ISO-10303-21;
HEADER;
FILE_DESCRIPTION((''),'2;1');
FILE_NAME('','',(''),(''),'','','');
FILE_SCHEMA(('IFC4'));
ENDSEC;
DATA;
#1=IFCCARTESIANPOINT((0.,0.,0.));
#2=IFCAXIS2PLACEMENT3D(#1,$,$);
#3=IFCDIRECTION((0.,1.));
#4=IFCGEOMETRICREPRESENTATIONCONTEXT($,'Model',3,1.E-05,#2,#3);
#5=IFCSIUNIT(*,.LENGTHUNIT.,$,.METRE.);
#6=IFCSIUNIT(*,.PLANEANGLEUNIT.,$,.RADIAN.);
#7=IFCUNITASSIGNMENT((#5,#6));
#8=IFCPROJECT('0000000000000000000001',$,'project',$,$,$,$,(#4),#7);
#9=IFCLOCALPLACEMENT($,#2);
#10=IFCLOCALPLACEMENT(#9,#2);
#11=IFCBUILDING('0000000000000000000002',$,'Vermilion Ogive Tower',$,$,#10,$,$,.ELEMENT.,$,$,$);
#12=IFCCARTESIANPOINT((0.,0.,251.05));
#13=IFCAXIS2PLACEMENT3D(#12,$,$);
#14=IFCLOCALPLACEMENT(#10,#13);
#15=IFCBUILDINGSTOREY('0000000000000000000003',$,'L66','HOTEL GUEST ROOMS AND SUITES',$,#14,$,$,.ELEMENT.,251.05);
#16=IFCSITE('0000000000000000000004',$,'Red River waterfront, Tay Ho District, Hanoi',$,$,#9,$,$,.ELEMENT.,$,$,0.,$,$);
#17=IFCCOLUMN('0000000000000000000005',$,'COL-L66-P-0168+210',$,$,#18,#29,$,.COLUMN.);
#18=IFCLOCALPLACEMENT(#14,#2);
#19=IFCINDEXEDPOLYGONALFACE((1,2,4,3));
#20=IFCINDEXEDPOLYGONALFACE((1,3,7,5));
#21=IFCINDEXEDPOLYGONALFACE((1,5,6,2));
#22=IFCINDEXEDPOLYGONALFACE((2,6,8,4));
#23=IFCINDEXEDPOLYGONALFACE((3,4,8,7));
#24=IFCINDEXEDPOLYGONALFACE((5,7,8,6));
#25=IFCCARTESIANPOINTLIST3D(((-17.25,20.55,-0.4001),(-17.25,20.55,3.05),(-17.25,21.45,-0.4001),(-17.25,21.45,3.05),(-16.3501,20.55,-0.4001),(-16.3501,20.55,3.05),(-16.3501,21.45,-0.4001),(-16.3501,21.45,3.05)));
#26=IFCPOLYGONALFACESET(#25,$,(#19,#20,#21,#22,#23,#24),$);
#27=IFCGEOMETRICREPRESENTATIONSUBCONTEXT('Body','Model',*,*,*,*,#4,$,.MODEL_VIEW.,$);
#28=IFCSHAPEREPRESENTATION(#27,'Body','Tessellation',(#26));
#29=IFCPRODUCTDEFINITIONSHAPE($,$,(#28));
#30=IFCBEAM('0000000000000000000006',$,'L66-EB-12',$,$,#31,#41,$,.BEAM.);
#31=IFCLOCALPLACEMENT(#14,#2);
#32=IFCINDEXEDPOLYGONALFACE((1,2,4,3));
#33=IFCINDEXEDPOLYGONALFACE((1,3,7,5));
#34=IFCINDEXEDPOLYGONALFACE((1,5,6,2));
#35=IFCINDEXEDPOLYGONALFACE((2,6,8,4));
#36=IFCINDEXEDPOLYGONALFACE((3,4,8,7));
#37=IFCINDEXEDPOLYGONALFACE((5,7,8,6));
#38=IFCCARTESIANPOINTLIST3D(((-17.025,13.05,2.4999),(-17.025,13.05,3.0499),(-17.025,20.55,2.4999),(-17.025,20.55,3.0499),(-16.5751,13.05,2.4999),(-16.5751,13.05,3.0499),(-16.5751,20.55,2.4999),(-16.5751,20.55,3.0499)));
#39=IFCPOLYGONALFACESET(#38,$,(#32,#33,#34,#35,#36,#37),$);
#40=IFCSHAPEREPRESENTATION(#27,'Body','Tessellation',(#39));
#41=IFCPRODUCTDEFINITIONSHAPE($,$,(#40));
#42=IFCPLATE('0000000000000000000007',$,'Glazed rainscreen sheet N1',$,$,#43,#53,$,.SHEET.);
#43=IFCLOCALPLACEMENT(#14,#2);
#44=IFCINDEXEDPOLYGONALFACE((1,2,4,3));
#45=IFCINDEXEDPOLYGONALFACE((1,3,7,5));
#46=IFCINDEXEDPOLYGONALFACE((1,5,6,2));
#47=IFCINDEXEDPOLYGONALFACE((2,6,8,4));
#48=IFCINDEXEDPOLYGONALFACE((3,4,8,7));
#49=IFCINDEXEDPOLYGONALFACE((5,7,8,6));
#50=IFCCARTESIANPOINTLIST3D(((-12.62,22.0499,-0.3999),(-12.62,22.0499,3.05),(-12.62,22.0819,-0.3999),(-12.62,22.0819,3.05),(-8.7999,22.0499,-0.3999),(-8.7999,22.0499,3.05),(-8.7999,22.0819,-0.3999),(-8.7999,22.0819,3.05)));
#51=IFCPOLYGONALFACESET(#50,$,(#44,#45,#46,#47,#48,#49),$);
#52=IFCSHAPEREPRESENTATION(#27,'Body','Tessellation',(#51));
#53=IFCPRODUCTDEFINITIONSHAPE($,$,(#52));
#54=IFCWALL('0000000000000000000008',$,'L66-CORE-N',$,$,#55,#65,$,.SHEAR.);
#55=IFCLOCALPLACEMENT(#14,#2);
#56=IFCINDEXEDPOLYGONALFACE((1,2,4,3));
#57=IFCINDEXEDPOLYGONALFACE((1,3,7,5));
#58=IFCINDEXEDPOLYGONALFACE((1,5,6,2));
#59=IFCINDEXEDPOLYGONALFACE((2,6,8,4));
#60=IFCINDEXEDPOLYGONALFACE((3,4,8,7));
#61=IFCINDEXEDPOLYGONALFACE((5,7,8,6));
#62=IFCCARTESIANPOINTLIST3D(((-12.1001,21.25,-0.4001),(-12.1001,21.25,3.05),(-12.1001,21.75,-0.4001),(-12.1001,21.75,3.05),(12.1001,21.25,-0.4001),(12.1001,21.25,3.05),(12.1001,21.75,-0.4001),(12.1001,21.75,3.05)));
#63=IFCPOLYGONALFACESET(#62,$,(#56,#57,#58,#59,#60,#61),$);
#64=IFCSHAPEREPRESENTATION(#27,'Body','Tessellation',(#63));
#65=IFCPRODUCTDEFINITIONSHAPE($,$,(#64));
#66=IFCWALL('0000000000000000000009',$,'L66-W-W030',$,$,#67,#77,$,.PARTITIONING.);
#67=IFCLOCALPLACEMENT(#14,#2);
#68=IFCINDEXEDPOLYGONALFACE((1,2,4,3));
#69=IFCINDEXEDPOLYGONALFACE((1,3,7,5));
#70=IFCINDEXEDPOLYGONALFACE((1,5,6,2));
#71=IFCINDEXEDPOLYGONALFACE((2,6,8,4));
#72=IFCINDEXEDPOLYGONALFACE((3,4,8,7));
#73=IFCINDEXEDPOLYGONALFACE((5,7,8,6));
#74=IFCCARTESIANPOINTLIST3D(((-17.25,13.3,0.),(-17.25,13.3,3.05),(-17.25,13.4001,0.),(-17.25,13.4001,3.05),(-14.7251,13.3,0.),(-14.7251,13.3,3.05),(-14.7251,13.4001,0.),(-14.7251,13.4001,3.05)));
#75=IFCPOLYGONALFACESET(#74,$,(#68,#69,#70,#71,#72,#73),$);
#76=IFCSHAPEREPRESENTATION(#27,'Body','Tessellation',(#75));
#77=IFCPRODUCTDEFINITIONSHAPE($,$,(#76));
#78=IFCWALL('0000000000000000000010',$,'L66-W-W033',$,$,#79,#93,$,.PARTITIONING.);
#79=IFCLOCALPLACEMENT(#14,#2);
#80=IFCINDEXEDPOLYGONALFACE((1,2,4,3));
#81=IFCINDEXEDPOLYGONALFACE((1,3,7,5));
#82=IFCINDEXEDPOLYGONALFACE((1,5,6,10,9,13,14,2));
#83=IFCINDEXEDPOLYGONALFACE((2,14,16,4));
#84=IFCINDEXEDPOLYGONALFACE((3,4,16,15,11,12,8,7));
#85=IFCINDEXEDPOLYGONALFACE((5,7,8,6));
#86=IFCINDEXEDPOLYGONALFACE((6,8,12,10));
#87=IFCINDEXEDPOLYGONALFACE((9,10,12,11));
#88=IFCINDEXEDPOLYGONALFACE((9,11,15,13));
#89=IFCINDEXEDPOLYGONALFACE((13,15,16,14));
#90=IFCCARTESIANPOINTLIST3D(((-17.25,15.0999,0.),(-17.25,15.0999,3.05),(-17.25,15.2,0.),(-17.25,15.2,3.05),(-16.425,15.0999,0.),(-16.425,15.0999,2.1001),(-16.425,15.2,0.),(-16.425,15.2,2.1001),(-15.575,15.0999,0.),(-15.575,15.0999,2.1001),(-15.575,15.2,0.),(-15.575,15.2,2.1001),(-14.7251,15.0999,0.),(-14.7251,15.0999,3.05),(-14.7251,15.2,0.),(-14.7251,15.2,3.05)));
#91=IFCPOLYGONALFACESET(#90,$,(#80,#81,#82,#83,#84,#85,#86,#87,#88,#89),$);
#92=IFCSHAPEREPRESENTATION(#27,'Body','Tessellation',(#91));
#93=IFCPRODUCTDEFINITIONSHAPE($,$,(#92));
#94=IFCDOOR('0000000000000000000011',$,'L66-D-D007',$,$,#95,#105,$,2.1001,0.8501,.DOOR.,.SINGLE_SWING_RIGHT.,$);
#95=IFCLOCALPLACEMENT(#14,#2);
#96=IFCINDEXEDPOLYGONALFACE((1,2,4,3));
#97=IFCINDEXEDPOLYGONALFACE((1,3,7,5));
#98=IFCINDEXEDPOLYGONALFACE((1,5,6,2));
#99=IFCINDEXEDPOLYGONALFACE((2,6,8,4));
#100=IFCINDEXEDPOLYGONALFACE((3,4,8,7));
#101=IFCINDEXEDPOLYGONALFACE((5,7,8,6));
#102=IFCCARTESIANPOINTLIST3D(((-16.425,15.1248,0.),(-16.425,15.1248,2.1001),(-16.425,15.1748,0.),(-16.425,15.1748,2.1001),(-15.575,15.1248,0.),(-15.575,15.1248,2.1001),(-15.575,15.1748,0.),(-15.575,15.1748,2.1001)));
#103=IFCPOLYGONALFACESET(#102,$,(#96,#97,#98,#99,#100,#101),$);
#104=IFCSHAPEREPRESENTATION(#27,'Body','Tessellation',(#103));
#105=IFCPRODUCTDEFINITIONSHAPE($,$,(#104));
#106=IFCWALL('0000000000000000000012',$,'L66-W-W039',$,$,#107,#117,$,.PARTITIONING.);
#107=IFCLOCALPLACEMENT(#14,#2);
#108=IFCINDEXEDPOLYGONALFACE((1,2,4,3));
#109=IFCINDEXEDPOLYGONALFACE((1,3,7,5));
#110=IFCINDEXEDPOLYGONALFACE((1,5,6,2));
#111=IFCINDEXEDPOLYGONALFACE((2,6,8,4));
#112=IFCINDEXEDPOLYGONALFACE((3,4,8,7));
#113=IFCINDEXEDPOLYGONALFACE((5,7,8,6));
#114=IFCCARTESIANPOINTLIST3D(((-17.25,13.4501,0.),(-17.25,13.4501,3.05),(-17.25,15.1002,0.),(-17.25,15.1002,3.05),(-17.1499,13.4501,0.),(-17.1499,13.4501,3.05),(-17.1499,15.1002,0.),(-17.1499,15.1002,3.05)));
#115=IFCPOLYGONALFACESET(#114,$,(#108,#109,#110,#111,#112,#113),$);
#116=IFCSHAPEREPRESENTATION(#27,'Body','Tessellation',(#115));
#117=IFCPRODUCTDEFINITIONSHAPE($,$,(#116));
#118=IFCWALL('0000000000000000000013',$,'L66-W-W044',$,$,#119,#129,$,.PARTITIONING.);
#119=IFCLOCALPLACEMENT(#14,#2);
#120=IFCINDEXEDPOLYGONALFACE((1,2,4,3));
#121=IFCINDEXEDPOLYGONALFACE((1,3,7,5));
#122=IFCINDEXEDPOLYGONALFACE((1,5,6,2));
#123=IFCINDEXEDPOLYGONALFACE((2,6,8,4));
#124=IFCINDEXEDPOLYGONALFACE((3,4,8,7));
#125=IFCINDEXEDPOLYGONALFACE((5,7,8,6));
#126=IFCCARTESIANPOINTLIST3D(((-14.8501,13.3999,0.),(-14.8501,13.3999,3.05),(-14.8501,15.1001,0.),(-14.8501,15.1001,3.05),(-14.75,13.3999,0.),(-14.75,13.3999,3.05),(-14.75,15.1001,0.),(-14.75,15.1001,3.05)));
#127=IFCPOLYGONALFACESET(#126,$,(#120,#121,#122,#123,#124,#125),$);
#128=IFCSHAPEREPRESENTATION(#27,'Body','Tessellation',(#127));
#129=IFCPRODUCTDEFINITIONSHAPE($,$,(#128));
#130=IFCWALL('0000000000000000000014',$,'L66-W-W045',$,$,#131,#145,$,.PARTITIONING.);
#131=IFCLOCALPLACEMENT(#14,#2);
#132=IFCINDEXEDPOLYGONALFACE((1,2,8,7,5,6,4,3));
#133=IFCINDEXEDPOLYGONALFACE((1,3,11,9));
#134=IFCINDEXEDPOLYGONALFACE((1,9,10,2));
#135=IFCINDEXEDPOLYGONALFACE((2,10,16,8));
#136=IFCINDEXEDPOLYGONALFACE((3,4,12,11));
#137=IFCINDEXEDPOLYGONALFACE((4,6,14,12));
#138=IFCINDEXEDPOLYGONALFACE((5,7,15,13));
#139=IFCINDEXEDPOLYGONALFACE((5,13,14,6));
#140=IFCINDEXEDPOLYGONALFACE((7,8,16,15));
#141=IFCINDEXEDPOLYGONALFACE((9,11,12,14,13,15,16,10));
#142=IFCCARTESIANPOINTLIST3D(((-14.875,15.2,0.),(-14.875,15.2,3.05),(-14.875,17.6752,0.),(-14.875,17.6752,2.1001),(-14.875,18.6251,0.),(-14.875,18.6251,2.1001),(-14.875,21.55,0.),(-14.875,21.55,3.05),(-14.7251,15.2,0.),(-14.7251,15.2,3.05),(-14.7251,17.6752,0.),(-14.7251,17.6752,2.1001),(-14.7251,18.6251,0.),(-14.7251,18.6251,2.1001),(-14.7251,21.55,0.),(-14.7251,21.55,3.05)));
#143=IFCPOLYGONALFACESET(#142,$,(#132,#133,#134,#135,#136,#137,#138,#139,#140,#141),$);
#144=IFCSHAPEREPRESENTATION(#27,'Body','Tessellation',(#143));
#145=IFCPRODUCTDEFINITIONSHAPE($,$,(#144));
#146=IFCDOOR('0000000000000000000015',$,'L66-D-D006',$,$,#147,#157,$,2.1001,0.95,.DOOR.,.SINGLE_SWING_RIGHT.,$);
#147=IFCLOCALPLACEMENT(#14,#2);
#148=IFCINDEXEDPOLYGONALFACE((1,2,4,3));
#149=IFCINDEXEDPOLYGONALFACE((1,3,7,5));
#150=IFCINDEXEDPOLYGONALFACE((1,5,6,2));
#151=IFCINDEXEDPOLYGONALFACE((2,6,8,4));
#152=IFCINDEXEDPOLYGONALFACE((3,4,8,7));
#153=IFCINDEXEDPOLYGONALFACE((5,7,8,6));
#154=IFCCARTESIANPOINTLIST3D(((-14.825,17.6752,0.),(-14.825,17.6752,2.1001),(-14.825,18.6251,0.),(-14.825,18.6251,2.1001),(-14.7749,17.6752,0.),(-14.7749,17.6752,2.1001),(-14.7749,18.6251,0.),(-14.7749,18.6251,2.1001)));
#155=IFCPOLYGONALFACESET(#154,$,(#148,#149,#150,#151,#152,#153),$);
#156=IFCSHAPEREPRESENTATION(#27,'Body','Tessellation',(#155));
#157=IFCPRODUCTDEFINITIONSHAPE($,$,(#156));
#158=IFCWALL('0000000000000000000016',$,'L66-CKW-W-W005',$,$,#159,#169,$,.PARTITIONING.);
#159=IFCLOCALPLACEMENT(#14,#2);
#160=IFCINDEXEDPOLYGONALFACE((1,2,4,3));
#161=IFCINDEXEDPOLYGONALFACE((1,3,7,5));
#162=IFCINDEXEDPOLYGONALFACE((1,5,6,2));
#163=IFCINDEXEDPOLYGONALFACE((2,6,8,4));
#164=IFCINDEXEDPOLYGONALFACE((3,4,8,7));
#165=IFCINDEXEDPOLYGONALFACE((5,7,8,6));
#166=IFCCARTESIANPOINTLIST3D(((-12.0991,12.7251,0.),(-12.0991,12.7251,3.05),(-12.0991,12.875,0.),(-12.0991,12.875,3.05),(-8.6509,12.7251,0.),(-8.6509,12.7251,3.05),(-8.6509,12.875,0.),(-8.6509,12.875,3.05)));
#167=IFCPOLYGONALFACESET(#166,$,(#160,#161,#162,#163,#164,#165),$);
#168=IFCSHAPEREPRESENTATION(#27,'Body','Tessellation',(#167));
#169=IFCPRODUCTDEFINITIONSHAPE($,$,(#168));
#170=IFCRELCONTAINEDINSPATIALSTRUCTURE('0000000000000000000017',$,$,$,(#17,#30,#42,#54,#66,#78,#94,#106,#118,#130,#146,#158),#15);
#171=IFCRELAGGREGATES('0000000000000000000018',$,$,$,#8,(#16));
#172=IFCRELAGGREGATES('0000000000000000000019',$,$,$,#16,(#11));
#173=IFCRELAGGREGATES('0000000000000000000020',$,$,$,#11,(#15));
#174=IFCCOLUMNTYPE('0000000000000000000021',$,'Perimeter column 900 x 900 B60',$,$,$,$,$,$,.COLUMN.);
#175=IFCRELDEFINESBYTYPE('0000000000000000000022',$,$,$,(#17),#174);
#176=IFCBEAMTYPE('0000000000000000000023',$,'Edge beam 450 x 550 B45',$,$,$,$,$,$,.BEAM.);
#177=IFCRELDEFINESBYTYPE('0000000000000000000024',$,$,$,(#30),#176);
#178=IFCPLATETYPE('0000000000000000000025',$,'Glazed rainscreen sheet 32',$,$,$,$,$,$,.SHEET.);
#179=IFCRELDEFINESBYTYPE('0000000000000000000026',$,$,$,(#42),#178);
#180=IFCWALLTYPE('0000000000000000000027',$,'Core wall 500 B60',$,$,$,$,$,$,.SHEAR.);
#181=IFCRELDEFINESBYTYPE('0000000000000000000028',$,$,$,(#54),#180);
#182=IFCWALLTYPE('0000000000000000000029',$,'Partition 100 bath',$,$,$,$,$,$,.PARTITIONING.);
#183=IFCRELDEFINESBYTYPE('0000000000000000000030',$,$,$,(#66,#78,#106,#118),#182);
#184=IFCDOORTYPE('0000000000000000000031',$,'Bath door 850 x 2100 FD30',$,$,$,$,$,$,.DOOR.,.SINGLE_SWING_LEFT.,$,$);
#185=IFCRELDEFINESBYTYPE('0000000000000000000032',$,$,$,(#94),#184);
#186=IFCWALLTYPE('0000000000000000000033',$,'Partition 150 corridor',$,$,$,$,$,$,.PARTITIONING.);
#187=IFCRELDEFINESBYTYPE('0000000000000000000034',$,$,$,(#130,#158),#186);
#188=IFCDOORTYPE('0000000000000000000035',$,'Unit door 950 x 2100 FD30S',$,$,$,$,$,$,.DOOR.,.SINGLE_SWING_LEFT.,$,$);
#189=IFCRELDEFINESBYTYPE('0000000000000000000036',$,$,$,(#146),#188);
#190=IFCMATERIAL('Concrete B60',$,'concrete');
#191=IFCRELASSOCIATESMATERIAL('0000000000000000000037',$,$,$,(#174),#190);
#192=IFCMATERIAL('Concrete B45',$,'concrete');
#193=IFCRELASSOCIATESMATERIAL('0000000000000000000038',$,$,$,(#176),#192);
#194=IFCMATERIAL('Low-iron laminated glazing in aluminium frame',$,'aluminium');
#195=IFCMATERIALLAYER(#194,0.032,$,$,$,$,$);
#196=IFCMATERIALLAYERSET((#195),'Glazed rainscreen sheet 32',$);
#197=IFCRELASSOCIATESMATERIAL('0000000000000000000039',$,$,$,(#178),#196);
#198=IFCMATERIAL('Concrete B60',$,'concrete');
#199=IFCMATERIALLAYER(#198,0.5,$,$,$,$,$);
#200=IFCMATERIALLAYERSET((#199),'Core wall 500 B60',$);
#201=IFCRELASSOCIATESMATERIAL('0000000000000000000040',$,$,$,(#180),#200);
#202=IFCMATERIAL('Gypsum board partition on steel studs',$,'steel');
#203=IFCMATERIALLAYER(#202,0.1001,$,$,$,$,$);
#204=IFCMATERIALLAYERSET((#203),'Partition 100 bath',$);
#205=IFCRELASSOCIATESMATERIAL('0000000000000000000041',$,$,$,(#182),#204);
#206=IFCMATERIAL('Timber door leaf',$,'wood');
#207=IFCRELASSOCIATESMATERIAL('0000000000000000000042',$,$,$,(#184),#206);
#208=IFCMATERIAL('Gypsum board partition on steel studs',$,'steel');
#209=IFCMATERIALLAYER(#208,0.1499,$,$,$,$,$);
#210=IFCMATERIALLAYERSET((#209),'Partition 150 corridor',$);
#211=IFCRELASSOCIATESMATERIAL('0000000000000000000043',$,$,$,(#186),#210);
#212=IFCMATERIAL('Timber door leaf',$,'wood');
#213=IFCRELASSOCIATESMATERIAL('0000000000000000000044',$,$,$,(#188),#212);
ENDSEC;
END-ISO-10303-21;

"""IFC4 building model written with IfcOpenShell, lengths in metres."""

from ifc_helpers import new_model, si_unit, direction, frame, frame_2d, origin, origin_2d, place, context, subcontext, project, spatial, rectangle, extrude, material, layer, layer_set, material_profile, profile_set, type_object, element, fill, save


model = new_model("IFC4")

# Units and contexts
model_context = context("Model", 3, precision=1e-05, world=origin(), true_north=direction((0.0, 1.0)))
body_context = subcontext(model_context, "Body", "Model", "MODEL_VIEW")
ifc_project = project(units=[si_unit("LENGTHUNIT", "METRE"), si_unit("PLANEANGLEUNIT", "RADIAN")], contexts=[model_context])

# Site, building, storey
site_placement = place(None, origin())
site = spatial("IfcSite", under=ifc_project, at=site_placement, Name="Red River waterfront, Tay Ho District, Hanoi", CompositionType="ELEMENT", RefElevation=0.0)
building_placement = place(site_placement, origin())
building = spatial("IfcBuilding", under=site, at=building_placement, Name="Vermilion Ogive Tower", CompositionType="ELEMENT")
storey_placement = place(building_placement, frame((0.0, 0.0, 251.05)))
storey = spatial("IfcBuildingStorey", under=building, at=storey_placement, Name="L66", Description="HOTEL GUEST ROOMS AND SUITES", CompositionType="ELEMENT", Elevation=251.05)

# Column
ifc_material_1 = material(Name="Concrete B60", Category="concrete")
ifc_material_profile_1 = material_profile(ifc_material_1, rectangle(XDim=0.8999, YDim=0.8999, at=origin_2d()), Name="900 x 900")
ifc_profile_set_1 = profile_set([ifc_material_profile_1], Name="Concrete B60")
column_type = type_object("IfcColumnType", Name="Perimeter column 900 x 900 B60", PredefinedType="COLUMN", material=ifc_profile_set_1)
column_placement = place(storey_placement, frame((-16.8, 21.0, -0.4001), z_axis=(0.0, 0.0, 1.0), x_axis=(1.0, 0.0, 0.0)))
element("IfcColumn", 1, at=column_placement, inside=storey, type_object=column_type, Name="COL-L66-P-0168+210", PredefinedType="COLUMN", context=body_context, shape_type="SweptSolid", body=[
    extrude(rectangle(XDim=0.8999, YDim=0.8999, at=origin_2d()), origin(), (0.0, 0.0, 1.0), 3.4502),
])

# Beam
ifc_material_2 = material(Name="Concrete B45", Category="concrete")
ifc_material_profile_2 = material_profile(ifc_material_2, rectangle(XDim=0.45, YDim=0.55, at=origin_2d()), Name="450 x 550")
ifc_profile_set_2 = profile_set([ifc_material_profile_2], Name="Concrete B45")
beam_type = type_object("IfcBeamType", Name="Edge beam 450 x 550 B45", PredefinedType="BEAM", material=ifc_profile_set_2)
beam_placement = place(storey_placement, frame((-16.8, 20.55, 2.7749), z_axis=(0.0, -1.0, 0.0), x_axis=(1.0, 0.0, 0.0)))
element("IfcBeam", 2, at=beam_placement, inside=storey, type_object=beam_type, Name="L66-EB-12", PredefinedType="BEAM", context=body_context, shape_type="SweptSolid", body=[
    extrude(rectangle(XDim=0.45, YDim=0.55, at=origin_2d()), origin(), (0.0, 0.0, 1.0), 7.5),
])

# Plate
ifc_material_3 = material(Name="Low-iron laminated glazing in aluminium frame", Category="aluminium")
ifc_layer_1 = layer(ifc_material_3, 0.032)
ifc_layer_set_1 = layer_set([ifc_layer_1], Name="Glazed rainscreen sheet 32")
plate_type = type_object("IfcPlateType", Name="Glazed rainscreen sheet 32", PredefinedType="SHEET", material=ifc_layer_set_1)
plate_placement = place(storey_placement, frame((-10.71, 22.0659, -0.3999), z_axis=(0.0, 0.0, 1.0), x_axis=(1.0, 0.0, 0.0)))
element("IfcPlate", 3, at=plate_placement, inside=storey, type_object=plate_type, Name="Glazed rainscreen sheet N1", PredefinedType="SHEET", context=body_context, shape_type="SweptSolid", body=[
    extrude(rectangle(XDim=3.8201, YDim=0.032, at=origin_2d()), origin(), (0.0, 0.0, 1.0), 3.45),
])

# Walls
ifc_material_4 = material(Name="Concrete B60", Category="concrete")
ifc_layer_2 = layer(ifc_material_4, 0.5)
ifc_layer_set_2 = layer_set([ifc_layer_2], Name="Core wall 500 B60")
wall_type_1 = type_object("IfcWallType", Name="Core wall 500 B60", PredefinedType="SHEAR", material=ifc_layer_set_2)
wall_1_placement = place(storey_placement, frame((-12.1001, 21.5, -0.4001), z_axis=(0.0, 0.0, 1.0), x_axis=(1.0, 0.0, 0.0)))
element("IfcWall", 4, at=wall_1_placement, inside=storey, type_object=wall_type_1, Name="L66-CORE-N", PredefinedType="SHEAR", context=body_context, shape_type="SweptSolid", body=[
    extrude(rectangle(XDim=24.2002, YDim=0.5, at=frame_2d((12.1001, 0.0))), origin(), (0.0, 0.0, 1.0), 3.4502),
])
ifc_material_5 = material(Name="Gypsum board partition on steel studs", Category="steel")
ifc_layer_3 = layer(ifc_material_5, 0.1001)
ifc_layer_set_3 = layer_set([ifc_layer_3], Name="Partition 100 bath")
wall_type_2 = type_object("IfcWallType", Name="Partition 100 bath", PredefinedType="PARTITIONING", material=ifc_layer_set_3)
wall_2_placement = place(storey_placement, frame((-17.25, 13.3501, 0.0), z_axis=(0.0, 0.0, 1.0), x_axis=(1.0, 0.0, 0.0)))
element("IfcWall", 5, at=wall_2_placement, inside=storey, type_object=wall_type_2, Name="L66-W-W030", PredefinedType="PARTITIONING", context=body_context, shape_type="SweptSolid", body=[
    extrude(rectangle(XDim=2.5249, YDim=0.1001, at=frame_2d((1.2625, 0.0))), origin(), (0.0, 0.0, 1.0), 3.05),
])

# Wall, opening, door
wall_3_placement = place(storey_placement, frame((-17.25, 15.1499, 0.0), z_axis=(0.0, 0.0, 1.0), x_axis=(1.0, 0.0, 0.0)))
wall_3 = element("IfcWall", 6, at=wall_3_placement, inside=storey, type_object=wall_type_2, Name="L66-W-W033", PredefinedType="PARTITIONING", context=body_context, shape_type="SweptSolid", body=[
    extrude(rectangle(XDim=2.5249, YDim=0.1001, at=frame_2d((1.2625, 0.0))), origin(), (0.0, 0.0, 1.0), 3.05),
])
opening_1_placement = place(wall_3_placement, frame((0.825, 0.0, 0.0)))
opening_1 = element("IfcOpeningElement", 7, at=opening_1_placement, cuts=wall_3, PredefinedType="OPENING", context=body_context, shape_type="SweptSolid", body=[
    extrude(rectangle(XDim=0.8501, YDim=2.1001, at=frame_2d((0.425, 1.05))), frame((0.0, 0.0601, 0.0), z_axis=(0.0, -1.0, 0.0), x_axis=(1.0, 0.0, 0.0)), (0.0, 0.0, 1.0), 0.1201),
])
ifc_material_6 = material(Name="Timber door leaf", Category="wood")
door_type_1 = type_object("IfcDoorType", Name="Bath door 850 x 2100 FD30", OperationType="SINGLE_SWING_LEFT", PredefinedType="DOOR", material=ifc_material_6)
door_1_placement = place(opening_1_placement, origin())
door_1 = element("IfcDoor", 8, at=door_1_placement, inside=storey, type_object=door_type_1, Name="L66-D-D007", OperationType="SINGLE_SWING_RIGHT", OverallHeight=2.1001, OverallWidth=0.8501, PredefinedType="DOOR", context=body_context, shape_type="SweptSolid", body=[
    extrude(rectangle(XDim=0.8501, YDim=2.1001, at=frame_2d((0.425, 1.05))), frame((0.0, 0.0249, 0.0), z_axis=(0.0, -1.0, 0.0), x_axis=(1.0, 0.0, 0.0)), (0.0, 0.0, 1.0), 0.05),
])
fill(opening_1, door_1)

# Walls
wall_4_placement = place(storey_placement, frame((-17.2, 13.45, 0.0), z_axis=(0.0, 0.0, 1.0), x_axis=(0.0, 1.0, 0.0)))
element("IfcWall", 9, at=wall_4_placement, inside=storey, type_object=wall_type_2, Name="L66-W-W039", PredefinedType="PARTITIONING", context=body_context, shape_type="SweptSolid", body=[
    extrude(rectangle(XDim=1.6501, YDim=0.1001, at=frame_2d((0.8252, 0.0))), origin(), (0.0, 0.0, 1.0), 3.05),
])
wall_5_placement = place(storey_placement, frame((-14.8, 13.3999, 0.0), z_axis=(0.0, 0.0, 1.0), x_axis=(0.0, 1.0, 0.0)))
element("IfcWall", 10, at=wall_5_placement, inside=storey, type_object=wall_type_2, Name="L66-W-W044", PredefinedType="PARTITIONING", context=body_context, shape_type="SweptSolid", body=[
    extrude(rectangle(XDim=1.7002, YDim=0.1001, at=frame_2d((0.8501, 0.0))), origin(), (0.0, 0.0, 1.0), 3.05),
])

# Wall, opening, door
ifc_material_7 = material(Name="Gypsum board partition on steel studs", Category="steel")
ifc_layer_4 = layer(ifc_material_7, 0.1499)
ifc_layer_set_4 = layer_set([ifc_layer_4], Name="Partition 150 corridor")
wall_type_3 = type_object("IfcWallType", Name="Partition 150 corridor", PredefinedType="PARTITIONING", material=ifc_layer_set_4)
wall_6_placement = place(storey_placement, frame((-14.8, 15.2, 0.0), z_axis=(0.0, 0.0, 1.0), x_axis=(0.0, 1.0, 0.0)))
wall_6 = element("IfcWall", 11, at=wall_6_placement, inside=storey, type_object=wall_type_3, Name="L66-W-W045", PredefinedType="PARTITIONING", context=body_context, shape_type="SweptSolid", body=[
    extrude(rectangle(XDim=6.3501, YDim=0.1499, at=frame_2d((3.175, 0.0))), origin(), (0.0, 0.0, 1.0), 3.05),
])
opening_2_placement = place(wall_6_placement, frame((2.4751, 0.0, 0.0)))
opening_2 = element("IfcOpeningElement", 12, at=opening_2_placement, cuts=wall_6, PredefinedType="OPENING", context=body_context, shape_type="SweptSolid", body=[
    extrude(rectangle(XDim=0.95, YDim=2.1001, at=frame_2d((0.4751, 1.05))), frame((0.0, 0.085, 0.0), z_axis=(0.0, -1.0, 0.0), x_axis=(1.0, 0.0, 0.0)), (0.0, 0.0, 1.0), 0.1699),
])
ifc_material_8 = material(Name="Timber door leaf", Category="wood")
door_type_2 = type_object("IfcDoorType", Name="Unit door 950 x 2100 FD30S", OperationType="SINGLE_SWING_LEFT", PredefinedType="DOOR", material=ifc_material_8)
door_2_placement = place(opening_2_placement, origin())
door_2 = element("IfcDoor", 13, at=door_2_placement, inside=storey, type_object=door_type_2, Name="L66-D-D006", OperationType="SINGLE_SWING_RIGHT", OverallHeight=2.1001, OverallWidth=0.95, PredefinedType="DOOR", context=body_context, shape_type="SweptSolid", body=[
    extrude(rectangle(XDim=0.95, YDim=2.1001, at=frame_2d((0.4751, 1.05))), frame((0.0, 0.0249, 0.0), z_axis=(0.0, -1.0, 0.0), x_axis=(1.0, 0.0, 0.0)), (0.0, 0.0, 1.0), 0.05),
])
fill(opening_2, door_2)

# Wall
wall_7_placement = place(storey_placement, frame((-12.0991, 12.8, 0.0), z_axis=(0.0, 0.0, 1.0), x_axis=(1.0, 0.0, 0.0)))
element("IfcWall", 14, at=wall_7_placement, inside=storey, type_object=wall_type_3, Name="L66-CKW-W-W005", PredefinedType="PARTITIONING", context=body_context, shape_type="SweptSolid", body=[
    extrude(rectangle(XDim=3.4482, YDim=0.1499, at=frame_2d((1.7241, 0.0))), origin(), (0.0, 0.0, 1.0), 3.05),
])

save(model, "model.ifc")
